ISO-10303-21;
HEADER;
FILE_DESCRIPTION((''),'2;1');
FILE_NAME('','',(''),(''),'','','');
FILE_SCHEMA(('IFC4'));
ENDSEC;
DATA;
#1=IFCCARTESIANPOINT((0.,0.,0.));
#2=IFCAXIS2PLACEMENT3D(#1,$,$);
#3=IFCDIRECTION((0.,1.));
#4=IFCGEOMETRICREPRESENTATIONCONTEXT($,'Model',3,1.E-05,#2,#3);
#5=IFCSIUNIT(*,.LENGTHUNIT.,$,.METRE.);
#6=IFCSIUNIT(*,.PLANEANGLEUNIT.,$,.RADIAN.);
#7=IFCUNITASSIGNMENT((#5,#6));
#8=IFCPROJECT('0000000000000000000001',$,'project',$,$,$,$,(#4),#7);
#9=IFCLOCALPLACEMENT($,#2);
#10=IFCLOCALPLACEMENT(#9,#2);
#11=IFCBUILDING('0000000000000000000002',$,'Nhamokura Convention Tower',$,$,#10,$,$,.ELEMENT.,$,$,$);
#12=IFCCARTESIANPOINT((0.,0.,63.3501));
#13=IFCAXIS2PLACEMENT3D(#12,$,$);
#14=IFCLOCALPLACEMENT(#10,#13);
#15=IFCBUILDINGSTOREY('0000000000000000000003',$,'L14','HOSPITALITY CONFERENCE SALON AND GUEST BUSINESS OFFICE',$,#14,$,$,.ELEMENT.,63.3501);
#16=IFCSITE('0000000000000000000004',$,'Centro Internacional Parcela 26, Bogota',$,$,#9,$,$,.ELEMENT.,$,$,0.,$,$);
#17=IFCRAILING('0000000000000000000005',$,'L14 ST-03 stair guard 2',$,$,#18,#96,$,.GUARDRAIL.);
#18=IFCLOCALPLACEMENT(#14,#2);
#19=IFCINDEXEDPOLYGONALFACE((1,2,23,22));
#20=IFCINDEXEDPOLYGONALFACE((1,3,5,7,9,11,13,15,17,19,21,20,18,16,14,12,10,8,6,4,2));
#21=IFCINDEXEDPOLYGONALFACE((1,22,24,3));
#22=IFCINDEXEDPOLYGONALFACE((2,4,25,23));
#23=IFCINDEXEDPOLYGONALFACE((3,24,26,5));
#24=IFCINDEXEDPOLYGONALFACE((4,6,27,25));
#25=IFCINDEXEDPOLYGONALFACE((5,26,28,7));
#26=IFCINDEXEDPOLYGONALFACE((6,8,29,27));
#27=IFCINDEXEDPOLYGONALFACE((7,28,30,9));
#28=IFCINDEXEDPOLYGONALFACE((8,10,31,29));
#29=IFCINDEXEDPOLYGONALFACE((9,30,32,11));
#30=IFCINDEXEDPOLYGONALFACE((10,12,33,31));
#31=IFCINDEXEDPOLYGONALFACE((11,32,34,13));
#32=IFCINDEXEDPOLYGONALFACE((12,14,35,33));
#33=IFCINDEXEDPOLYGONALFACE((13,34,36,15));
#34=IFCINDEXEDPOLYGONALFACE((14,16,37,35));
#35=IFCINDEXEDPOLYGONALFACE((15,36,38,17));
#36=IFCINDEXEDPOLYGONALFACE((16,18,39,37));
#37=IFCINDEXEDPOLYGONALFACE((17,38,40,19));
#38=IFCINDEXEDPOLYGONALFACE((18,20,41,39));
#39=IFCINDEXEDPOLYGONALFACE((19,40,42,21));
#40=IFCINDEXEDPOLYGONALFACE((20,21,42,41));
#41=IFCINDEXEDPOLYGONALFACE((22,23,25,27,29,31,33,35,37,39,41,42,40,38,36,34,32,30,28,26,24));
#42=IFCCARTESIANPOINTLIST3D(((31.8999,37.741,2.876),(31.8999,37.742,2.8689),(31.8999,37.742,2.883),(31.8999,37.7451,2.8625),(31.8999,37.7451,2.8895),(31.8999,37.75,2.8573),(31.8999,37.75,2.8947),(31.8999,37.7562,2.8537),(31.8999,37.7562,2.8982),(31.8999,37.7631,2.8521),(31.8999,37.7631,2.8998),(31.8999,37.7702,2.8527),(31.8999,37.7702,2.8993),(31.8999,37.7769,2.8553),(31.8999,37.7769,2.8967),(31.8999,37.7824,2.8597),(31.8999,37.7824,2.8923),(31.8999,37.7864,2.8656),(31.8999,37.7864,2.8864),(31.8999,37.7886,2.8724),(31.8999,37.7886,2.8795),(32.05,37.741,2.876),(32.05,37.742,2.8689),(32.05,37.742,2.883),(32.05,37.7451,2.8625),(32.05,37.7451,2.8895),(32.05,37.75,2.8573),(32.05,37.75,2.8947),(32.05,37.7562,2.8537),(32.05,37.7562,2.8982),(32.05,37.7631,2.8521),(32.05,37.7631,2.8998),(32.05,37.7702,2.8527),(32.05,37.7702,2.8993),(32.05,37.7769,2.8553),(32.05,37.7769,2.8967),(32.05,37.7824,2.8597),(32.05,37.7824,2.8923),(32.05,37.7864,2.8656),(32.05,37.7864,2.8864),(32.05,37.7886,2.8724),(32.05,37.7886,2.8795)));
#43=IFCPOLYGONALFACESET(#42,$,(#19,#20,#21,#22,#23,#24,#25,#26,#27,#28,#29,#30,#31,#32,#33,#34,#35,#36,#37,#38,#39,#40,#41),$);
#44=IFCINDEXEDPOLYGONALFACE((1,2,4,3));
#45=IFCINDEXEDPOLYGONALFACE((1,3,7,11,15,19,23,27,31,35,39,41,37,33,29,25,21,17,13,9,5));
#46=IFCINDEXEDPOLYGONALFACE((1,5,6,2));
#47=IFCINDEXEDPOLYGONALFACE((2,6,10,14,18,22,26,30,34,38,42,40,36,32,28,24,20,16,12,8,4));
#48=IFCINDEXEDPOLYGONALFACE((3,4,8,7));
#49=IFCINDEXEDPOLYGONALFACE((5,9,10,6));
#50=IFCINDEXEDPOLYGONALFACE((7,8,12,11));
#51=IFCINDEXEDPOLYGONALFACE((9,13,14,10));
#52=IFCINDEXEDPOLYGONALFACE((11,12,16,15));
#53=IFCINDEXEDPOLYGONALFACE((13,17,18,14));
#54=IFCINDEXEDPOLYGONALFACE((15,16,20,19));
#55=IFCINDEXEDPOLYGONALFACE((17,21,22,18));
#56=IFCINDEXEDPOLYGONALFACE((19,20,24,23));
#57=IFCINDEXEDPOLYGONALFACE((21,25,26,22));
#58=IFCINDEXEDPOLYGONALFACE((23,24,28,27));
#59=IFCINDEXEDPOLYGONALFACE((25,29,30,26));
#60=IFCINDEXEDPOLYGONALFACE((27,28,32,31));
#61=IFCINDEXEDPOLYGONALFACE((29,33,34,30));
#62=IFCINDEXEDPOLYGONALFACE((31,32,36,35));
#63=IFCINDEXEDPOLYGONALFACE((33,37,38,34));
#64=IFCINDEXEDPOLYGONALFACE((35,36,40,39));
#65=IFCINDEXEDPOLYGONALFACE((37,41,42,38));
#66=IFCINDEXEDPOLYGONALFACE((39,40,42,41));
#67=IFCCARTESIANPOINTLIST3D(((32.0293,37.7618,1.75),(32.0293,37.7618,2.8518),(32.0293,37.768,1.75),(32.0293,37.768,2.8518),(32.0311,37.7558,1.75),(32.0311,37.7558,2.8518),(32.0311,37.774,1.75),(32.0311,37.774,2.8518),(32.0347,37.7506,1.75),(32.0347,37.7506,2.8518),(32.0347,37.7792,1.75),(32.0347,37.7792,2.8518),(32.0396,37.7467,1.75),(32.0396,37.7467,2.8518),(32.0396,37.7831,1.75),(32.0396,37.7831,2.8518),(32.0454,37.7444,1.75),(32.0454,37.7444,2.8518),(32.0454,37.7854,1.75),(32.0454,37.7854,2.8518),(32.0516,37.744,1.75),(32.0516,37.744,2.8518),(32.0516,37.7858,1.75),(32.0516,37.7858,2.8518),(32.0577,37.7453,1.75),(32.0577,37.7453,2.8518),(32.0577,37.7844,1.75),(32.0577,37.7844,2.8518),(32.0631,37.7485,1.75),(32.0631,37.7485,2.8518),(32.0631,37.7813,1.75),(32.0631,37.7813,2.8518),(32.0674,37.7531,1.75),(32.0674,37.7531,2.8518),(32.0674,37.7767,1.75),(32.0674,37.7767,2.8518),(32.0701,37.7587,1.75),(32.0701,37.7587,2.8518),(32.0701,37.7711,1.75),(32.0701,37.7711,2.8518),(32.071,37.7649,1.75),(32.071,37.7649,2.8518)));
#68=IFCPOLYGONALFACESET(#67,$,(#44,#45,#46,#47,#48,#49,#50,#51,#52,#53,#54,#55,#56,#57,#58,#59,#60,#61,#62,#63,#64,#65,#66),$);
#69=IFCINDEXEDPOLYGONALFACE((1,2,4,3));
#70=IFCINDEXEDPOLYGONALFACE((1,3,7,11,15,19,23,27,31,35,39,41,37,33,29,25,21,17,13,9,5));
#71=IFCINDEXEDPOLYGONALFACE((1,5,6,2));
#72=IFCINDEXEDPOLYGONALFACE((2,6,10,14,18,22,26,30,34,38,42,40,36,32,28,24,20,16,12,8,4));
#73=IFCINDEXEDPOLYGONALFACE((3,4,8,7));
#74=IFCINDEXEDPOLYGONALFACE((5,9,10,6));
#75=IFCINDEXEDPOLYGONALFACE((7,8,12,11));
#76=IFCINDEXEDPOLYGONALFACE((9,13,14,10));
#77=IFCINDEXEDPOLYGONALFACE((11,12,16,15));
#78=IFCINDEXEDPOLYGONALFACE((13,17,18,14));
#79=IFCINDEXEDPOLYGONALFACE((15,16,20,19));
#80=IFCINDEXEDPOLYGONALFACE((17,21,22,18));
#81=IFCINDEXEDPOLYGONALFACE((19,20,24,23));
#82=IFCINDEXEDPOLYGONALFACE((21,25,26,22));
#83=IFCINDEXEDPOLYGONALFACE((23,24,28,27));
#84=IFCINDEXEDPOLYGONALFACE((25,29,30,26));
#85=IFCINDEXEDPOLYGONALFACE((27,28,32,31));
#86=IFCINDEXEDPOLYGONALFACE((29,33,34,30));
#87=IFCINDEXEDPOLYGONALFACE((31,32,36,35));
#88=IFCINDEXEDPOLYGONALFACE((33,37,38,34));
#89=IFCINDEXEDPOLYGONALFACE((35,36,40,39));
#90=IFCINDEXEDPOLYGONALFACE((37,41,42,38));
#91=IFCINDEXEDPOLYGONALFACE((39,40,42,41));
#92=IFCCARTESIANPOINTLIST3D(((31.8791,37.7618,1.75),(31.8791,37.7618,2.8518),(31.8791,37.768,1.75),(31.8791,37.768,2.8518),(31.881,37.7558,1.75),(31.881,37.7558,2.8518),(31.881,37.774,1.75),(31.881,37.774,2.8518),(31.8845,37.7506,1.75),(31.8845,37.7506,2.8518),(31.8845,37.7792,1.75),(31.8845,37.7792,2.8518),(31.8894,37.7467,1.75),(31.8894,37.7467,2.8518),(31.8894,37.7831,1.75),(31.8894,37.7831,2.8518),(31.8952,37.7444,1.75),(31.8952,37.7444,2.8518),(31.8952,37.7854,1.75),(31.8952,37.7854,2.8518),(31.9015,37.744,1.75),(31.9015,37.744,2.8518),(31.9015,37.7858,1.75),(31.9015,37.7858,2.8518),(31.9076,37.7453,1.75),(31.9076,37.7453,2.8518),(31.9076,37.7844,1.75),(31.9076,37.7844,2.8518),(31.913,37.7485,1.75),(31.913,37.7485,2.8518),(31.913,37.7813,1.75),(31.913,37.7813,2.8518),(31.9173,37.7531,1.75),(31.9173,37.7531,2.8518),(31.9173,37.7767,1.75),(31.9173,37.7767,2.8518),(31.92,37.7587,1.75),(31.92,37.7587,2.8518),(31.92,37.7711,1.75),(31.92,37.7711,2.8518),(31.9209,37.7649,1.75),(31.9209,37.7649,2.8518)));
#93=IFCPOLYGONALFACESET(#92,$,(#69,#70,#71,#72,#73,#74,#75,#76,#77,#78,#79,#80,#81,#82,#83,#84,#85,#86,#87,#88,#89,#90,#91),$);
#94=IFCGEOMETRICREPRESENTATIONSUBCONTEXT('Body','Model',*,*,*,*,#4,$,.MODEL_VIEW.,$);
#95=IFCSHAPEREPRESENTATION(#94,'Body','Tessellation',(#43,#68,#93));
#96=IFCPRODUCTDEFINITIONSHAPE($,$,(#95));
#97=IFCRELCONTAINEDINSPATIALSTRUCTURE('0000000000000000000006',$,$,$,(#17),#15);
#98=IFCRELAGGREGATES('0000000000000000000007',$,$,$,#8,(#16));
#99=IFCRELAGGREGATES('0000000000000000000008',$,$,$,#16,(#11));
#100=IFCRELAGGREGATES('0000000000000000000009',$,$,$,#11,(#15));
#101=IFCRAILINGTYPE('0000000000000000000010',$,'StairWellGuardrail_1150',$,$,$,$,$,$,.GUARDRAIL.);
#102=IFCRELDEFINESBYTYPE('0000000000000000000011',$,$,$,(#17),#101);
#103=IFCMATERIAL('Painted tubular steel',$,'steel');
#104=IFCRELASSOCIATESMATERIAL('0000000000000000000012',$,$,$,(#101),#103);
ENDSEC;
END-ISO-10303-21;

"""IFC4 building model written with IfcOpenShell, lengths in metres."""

from ifc_helpers import new_model, si_unit, direction, frame, origin, origin_2d, place, context, subcontext, project, spatial, circle, extrude, material, type_object, element, save


model = new_model("IFC4")

# Units and contexts
model_context = context("Model", 3, precision=1e-05, world=origin(), true_north=direction((0.0, 1.0)))
body_context = subcontext(model_context, "Body", "Model", "MODEL_VIEW")
ifc_project = project(units=[si_unit("LENGTHUNIT", "METRE"), si_unit("PLANEANGLEUNIT", "RADIAN")], contexts=[model_context])

# Site, building, storey
site_placement = place(None, origin())
site = spatial("IfcSite", under=ifc_project, at=site_placement, Name="Centro Internacional Parcela 26, Bogota", CompositionType="ELEMENT", RefElevation=0.0)
building_placement = place(site_placement, origin())
building = spatial("IfcBuilding", under=site, at=building_placement, Name="Nhamokura Convention Tower", CompositionType="ELEMENT")
storey_placement = place(building_placement, frame((0.0, 0.0, 63.3501)))
storey = spatial("IfcBuildingStorey", under=building, at=storey_placement, Name="L14", Description="HOSPITALITY CONFERENCE SALON AND GUEST BUSINESS OFFICE", CompositionType="ELEMENT", Elevation=63.3501)

# Railing
ifc_material_1 = material(Name="Painted tubular steel", Category="steel")
railing_type_1 = type_object("IfcRailingType", Name="StairWellGuardrail_1150", PredefinedType="GUARDRAIL", material=ifc_material_1)
railing_1_placement = place(storey_placement, frame((32.05, 37.7649, 1.75)))
element("IfcRailing", 1, at=railing_1_placement, inside=storey, type_object=railing_type_1, Name="L14 ST-03 stair guard 2", PredefinedType="GUARDRAIL", context=body_context, shape_type="SweptSolid", body=[
    extrude(circle(Radius=0.0239, at=origin_2d()), frame((0.0, 0.0, 1.126), z_axis=(-1.0, 0.0, 0.0), x_axis=(0.0, -1.0, 0.0)), (0.0, 0.0, 1.0), 0.1501),
    extrude(circle(Radius=0.021, at=origin_2d()), origin(), (0.0, 0.0, 1.0), 1.1018),
    extrude(circle(Radius=0.021, at=origin_2d()), frame((-0.1501, 0.0, 0.0)), (0.0, 0.0, 1.0), 1.1018),
])

save(model, "model.ifc")
